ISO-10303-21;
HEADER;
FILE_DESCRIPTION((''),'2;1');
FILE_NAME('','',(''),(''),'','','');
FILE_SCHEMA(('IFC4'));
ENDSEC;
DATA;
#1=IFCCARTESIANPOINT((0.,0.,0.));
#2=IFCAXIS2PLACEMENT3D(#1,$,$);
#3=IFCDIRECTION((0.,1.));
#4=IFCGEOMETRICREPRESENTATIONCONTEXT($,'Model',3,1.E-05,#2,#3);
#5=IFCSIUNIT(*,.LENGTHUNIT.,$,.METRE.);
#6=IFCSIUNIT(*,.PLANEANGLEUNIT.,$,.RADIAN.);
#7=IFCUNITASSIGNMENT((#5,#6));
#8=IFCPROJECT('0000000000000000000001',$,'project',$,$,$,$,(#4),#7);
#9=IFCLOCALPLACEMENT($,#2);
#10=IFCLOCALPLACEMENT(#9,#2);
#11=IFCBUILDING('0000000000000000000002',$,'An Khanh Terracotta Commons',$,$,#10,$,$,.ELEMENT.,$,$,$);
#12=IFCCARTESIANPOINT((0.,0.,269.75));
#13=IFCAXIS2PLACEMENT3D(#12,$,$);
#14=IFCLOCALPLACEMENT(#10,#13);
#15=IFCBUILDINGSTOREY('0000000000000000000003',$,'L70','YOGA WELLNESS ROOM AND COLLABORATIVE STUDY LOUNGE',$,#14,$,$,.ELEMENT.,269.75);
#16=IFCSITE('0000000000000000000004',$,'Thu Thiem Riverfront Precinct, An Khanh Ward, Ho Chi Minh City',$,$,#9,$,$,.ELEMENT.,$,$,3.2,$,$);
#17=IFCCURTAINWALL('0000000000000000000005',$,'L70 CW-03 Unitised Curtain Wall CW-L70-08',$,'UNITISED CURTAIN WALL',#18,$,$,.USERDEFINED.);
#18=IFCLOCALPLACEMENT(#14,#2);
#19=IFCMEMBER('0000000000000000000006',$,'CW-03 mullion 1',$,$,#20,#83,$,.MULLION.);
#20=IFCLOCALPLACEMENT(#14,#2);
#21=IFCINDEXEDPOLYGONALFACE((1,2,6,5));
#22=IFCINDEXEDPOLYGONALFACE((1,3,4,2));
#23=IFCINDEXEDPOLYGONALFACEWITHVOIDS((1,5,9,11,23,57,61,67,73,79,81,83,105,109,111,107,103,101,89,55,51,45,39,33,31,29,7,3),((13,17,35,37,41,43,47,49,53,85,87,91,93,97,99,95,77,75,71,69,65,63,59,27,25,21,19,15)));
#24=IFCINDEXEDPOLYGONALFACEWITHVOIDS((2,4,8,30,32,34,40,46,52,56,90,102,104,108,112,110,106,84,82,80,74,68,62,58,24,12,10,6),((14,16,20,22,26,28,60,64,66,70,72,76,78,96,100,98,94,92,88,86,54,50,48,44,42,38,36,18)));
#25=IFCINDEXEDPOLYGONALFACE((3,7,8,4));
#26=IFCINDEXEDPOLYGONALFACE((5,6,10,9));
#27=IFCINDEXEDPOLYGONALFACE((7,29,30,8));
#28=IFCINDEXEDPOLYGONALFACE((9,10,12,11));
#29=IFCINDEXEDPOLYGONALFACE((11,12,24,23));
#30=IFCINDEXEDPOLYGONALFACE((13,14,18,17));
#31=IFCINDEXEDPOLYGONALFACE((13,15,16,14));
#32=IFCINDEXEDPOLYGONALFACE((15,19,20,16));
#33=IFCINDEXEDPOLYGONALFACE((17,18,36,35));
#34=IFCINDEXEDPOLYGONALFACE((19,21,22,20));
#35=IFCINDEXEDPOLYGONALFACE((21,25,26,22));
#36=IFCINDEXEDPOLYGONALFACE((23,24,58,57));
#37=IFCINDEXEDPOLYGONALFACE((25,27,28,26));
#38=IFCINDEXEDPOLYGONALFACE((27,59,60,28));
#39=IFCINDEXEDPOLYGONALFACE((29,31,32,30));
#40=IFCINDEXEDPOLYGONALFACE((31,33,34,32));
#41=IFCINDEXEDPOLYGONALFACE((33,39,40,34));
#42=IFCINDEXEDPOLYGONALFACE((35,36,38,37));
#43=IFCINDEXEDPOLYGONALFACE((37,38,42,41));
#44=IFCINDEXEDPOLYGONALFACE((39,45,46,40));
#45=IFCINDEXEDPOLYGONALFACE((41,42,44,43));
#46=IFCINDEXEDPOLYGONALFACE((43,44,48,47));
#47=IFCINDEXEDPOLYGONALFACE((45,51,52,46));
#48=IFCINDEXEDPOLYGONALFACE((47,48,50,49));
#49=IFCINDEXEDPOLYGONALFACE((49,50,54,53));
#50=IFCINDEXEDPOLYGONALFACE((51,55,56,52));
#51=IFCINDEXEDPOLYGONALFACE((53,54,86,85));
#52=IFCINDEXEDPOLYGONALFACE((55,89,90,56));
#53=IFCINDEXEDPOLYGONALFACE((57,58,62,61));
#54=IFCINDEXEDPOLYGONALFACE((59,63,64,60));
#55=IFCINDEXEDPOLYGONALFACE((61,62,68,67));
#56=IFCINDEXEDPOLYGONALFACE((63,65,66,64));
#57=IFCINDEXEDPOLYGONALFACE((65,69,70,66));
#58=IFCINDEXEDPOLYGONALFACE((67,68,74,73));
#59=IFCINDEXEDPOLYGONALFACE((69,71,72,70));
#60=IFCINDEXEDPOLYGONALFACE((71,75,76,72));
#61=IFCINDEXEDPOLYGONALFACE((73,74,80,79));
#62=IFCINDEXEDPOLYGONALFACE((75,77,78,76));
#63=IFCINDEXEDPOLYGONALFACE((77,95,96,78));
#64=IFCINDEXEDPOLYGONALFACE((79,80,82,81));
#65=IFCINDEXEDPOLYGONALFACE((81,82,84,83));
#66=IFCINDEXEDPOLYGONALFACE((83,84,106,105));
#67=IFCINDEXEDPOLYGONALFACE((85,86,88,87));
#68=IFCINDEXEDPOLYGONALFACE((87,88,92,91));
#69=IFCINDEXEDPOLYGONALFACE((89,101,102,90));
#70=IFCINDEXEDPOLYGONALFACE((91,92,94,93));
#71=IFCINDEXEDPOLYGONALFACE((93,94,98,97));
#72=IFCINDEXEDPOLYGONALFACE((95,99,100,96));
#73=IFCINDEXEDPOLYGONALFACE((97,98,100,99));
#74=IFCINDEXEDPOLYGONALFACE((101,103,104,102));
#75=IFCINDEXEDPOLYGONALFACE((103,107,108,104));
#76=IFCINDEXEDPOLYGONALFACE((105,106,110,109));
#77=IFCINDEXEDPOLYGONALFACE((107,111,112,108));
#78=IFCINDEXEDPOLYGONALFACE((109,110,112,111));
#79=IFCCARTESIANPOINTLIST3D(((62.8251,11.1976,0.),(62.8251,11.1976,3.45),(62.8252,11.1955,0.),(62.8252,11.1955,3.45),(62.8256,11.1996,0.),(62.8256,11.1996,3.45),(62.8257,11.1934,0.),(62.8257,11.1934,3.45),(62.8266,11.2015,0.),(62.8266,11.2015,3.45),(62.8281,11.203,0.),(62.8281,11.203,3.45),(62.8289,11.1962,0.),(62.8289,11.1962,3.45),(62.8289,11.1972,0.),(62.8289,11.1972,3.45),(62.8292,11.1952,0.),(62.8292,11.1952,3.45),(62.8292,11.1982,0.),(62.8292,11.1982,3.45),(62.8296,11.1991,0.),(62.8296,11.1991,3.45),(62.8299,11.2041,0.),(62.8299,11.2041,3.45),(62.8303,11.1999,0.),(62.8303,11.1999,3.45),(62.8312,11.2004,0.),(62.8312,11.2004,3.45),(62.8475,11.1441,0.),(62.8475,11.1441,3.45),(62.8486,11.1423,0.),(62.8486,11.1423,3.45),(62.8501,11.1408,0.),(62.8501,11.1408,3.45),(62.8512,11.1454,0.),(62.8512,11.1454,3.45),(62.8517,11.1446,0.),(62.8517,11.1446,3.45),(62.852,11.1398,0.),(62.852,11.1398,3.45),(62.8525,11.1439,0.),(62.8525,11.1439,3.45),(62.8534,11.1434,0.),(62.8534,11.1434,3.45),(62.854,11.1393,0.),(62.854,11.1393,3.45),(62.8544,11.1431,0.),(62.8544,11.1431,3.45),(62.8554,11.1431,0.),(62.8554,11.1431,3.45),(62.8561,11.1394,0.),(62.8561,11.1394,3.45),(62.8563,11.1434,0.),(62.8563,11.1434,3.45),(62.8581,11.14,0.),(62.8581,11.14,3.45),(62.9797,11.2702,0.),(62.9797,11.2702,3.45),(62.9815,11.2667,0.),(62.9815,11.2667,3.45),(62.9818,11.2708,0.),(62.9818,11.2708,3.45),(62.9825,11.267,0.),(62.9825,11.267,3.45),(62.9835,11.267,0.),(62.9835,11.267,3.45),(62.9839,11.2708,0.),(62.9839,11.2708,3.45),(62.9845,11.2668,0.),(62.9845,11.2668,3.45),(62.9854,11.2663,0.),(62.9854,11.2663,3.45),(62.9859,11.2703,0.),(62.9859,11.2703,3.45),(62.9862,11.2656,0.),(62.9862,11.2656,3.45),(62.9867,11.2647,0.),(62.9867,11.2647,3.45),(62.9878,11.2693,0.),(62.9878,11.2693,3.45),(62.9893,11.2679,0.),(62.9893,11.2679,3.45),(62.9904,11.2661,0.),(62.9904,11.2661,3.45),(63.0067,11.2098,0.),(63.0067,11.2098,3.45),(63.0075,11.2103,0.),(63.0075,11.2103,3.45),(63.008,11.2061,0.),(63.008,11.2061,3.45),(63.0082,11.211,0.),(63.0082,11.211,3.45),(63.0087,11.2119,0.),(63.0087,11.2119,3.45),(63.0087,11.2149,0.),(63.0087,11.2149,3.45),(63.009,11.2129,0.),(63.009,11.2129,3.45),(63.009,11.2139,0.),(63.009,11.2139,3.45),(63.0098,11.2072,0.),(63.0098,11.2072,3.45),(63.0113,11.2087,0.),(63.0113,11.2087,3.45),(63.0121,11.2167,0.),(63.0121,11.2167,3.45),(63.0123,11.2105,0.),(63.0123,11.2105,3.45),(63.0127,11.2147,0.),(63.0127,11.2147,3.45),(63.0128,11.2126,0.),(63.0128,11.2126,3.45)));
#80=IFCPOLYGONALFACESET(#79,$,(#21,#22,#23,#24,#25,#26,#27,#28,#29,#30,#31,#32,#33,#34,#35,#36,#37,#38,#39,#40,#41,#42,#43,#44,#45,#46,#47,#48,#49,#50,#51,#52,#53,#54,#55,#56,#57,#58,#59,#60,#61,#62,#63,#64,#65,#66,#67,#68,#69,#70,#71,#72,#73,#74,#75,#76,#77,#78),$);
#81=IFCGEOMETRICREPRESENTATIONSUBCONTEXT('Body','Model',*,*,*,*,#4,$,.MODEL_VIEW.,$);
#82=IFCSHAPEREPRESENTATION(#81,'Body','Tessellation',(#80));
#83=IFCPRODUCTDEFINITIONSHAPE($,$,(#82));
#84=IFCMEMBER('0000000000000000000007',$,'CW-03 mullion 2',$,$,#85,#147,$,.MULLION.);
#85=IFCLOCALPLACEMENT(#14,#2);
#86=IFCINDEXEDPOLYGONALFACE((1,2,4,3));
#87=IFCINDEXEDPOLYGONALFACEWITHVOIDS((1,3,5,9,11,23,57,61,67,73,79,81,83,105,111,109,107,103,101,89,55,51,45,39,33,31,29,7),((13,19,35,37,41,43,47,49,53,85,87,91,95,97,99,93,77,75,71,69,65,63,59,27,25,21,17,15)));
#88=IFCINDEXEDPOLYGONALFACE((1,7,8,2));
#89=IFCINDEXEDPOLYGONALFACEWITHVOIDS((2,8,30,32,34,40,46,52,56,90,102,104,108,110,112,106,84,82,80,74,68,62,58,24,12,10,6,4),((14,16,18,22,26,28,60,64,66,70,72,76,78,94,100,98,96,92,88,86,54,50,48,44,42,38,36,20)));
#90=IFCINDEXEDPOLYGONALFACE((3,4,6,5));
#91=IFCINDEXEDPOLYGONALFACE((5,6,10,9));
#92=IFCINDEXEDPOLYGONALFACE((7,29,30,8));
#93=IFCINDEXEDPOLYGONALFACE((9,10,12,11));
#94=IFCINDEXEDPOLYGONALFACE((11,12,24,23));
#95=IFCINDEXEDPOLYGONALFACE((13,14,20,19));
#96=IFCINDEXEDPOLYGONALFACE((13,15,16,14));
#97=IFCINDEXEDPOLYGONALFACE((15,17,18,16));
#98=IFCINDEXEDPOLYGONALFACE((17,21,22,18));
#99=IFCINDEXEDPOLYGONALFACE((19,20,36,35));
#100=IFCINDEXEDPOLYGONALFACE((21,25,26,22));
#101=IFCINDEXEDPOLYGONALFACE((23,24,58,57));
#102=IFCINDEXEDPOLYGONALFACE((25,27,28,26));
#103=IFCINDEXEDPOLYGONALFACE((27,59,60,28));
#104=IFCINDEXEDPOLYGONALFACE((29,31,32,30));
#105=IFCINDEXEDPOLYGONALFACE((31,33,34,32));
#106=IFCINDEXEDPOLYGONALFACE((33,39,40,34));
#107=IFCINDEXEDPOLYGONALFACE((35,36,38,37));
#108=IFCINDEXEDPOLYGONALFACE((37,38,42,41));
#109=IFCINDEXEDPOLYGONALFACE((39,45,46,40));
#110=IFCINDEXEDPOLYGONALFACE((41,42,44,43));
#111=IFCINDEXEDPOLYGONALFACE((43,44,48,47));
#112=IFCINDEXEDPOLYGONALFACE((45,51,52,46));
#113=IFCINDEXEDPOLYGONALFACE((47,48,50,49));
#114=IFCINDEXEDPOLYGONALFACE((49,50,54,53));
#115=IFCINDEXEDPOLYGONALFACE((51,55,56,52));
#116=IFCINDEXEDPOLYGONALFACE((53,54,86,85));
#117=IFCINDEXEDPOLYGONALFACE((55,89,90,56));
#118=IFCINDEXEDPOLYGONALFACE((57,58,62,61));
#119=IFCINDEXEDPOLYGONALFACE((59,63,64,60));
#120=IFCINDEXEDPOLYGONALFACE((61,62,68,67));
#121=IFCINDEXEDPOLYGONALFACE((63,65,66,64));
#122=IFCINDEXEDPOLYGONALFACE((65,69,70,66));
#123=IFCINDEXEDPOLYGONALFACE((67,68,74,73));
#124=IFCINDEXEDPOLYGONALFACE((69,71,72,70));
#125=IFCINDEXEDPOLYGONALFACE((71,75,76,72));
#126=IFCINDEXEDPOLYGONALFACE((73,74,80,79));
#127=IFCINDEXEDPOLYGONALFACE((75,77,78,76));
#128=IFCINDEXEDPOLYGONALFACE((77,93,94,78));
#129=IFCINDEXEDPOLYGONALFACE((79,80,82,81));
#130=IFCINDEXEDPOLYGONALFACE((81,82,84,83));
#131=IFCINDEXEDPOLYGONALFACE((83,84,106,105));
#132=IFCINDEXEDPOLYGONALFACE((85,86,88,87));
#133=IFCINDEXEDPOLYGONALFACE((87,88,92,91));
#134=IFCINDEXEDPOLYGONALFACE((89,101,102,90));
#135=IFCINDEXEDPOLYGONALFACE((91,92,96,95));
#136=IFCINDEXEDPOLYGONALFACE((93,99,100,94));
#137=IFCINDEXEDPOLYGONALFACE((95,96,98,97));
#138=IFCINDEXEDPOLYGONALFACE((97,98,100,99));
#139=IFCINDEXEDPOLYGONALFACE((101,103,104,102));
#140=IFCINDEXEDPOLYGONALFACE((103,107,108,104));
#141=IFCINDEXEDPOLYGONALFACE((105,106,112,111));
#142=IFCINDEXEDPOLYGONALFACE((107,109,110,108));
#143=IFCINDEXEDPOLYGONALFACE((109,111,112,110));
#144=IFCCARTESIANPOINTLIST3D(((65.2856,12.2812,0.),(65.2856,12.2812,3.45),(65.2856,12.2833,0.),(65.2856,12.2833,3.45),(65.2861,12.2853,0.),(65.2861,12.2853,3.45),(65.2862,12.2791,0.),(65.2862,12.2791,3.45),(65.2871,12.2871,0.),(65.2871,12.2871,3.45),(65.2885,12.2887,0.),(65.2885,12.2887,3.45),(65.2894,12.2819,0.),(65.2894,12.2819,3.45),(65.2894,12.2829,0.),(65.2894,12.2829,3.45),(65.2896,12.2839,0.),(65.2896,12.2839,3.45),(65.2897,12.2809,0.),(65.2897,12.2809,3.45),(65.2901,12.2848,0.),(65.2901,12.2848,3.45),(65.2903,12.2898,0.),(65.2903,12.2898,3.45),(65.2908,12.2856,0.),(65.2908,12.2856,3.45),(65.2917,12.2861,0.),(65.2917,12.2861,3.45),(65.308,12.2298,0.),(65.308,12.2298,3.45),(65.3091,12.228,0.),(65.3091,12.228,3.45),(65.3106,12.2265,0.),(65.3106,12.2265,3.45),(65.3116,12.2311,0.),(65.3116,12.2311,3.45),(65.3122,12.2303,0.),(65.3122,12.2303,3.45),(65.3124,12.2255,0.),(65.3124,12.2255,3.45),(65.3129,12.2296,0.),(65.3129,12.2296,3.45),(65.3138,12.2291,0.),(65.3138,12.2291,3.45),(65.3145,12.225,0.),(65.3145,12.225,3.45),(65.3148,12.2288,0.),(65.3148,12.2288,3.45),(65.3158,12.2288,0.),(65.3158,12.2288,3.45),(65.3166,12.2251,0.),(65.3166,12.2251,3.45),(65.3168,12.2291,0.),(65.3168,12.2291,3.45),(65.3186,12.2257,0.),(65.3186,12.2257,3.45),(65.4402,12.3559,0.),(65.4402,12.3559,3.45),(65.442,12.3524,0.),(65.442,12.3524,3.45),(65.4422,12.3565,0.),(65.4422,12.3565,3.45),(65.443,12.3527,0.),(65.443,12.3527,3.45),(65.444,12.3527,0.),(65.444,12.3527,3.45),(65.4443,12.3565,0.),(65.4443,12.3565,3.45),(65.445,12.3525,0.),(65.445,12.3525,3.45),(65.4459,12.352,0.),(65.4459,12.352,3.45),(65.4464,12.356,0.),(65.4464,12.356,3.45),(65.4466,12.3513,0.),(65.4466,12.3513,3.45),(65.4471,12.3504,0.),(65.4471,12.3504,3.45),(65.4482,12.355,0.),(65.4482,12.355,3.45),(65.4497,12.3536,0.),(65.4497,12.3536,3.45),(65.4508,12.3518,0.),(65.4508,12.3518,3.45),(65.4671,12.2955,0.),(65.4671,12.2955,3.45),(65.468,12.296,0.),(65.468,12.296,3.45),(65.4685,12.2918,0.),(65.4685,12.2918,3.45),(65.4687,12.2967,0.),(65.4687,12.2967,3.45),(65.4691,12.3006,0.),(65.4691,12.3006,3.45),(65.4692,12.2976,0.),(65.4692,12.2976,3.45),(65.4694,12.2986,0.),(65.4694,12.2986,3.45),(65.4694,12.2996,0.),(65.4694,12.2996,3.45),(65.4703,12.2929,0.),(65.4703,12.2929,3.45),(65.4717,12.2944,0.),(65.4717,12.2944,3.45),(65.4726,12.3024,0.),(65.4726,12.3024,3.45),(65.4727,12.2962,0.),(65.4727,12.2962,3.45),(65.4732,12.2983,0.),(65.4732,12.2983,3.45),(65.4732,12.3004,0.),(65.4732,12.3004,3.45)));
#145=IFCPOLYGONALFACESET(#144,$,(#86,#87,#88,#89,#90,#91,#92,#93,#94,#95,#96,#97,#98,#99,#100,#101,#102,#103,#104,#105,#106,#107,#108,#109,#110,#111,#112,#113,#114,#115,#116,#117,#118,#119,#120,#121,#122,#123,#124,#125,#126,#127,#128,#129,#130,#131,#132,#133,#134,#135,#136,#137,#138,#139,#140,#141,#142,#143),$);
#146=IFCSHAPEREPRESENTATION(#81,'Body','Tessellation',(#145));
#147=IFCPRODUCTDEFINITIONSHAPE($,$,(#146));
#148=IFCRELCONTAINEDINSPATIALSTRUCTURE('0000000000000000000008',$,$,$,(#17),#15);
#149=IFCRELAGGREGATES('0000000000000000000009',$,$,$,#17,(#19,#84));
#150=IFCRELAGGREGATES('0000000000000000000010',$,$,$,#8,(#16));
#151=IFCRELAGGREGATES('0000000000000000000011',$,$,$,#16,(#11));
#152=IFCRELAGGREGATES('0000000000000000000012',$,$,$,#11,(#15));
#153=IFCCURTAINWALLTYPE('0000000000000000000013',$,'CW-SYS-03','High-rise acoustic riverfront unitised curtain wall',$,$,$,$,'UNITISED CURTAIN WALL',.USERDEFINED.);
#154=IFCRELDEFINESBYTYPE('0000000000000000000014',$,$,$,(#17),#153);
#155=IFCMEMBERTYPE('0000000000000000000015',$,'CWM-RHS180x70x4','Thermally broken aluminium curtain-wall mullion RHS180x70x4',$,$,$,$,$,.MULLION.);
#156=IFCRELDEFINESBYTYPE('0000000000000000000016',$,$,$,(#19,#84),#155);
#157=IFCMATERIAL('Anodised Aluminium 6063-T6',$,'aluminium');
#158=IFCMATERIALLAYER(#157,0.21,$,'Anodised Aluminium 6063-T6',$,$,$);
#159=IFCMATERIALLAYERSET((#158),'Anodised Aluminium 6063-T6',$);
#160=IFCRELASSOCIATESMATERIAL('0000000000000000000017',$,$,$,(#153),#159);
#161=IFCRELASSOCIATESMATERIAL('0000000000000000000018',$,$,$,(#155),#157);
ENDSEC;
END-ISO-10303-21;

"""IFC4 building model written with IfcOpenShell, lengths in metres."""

from ifc_helpers import new_model, si_unit, direction, frame, origin, origin_2d, place, context, subcontext, project, spatial, hollow_rectangle, extrude, material, layer, layer_set, material_profile, profile_set, type_object, element, aggregate, save


model = new_model("IFC4")

# Units and contexts
model_context = context("Model", 3, precision=1e-05, world=origin(), true_north=direction((0.0, 1.0)))
body_context = subcontext(model_context, "Body", "Model", "MODEL_VIEW")
ifc_project = project(units=[si_unit("LENGTHUNIT", "METRE"), si_unit("PLANEANGLEUNIT", "RADIAN")], contexts=[model_context])

# Site, building, storey
site_placement = place(None, origin())
site = spatial("IfcSite", under=ifc_project, at=site_placement, Name="Thu Thiem Riverfront Precinct, An Khanh Ward, Ho Chi Minh City", CompositionType="ELEMENT", RefElevation=3.2)
building_placement = place(site_placement, origin())
building = spatial("IfcBuilding", under=site, at=building_placement, Name="An Khanh Terracotta Commons", CompositionType="ELEMENT")
storey_placement = place(building_placement, frame((0.0, 0.0, 269.75)))
storey = spatial("IfcBuildingStorey", under=building, at=storey_placement, Name="L70", Description="YOGA WELLNESS ROOM AND COLLABORATIVE STUDY LOUNGE", CompositionType="ELEMENT", Elevation=269.75)

# Curtain wall, members
ifc_material_1 = material(Name="Anodised Aluminium 6063-T6", Category="aluminium")
ifc_layer_1 = layer(ifc_material_1, 0.21, Name="Anodised Aluminium 6063-T6")
ifc_layer_set_1 = layer_set([ifc_layer_1], Name="Anodised Aluminium 6063-T6")
curtain_wall_type = type_object("IfcCurtainWallType", Name="CW-SYS-03", Description="High-rise acoustic riverfront unitised curtain wall", ElementType="UNITISED CURTAIN WALL", PredefinedType="USERDEFINED", material=ifc_layer_set_1)
curtain_wall_placement = place(storey_placement, origin())
curtain_wall = element("IfcCurtainWall", 1, at=curtain_wall_placement, inside=storey, type_object=curtain_wall_type, Name="L70 CW-03 Unitised Curtain Wall CW-L70-08", ObjectType="UNITISED CURTAIN WALL", PredefinedType="USERDEFINED")
ifc_material_profile_1 = material_profile(ifc_material_1, hollow_rectangle(XDim=0.0701, YDim=0.1799, WallThickness=0.0039, InnerFilletRadius=0.0039, OuterFilletRadius=0.0081, at=origin_2d()), Name="RHS180x70x4")
ifc_profile_set_1 = profile_set([ifc_material_profile_1], Name="Anodised Aluminium 6063-T6")
member_type_1 = type_object("IfcMemberType", Name="CWM-RHS180x70x4", Description="Thermally broken aluminium curtain-wall mullion RHS180x70x4", PredefinedType="MULLION", material=ifc_profile_set_1)
member_1_placement = place(storey_placement, frame((62.9189, 11.2051, 0.0), z_axis=(0.0, 0.0, 1.0), x_axis=(-0.403676, 0.914902, 0.0)))
member_1 = element("IfcMember", 2, at=member_1_placement, type_object=member_type_1, Name="CW-03 mullion 1", PredefinedType="MULLION", context=body_context, shape_type="SweptSolid", body=[
    extrude(hollow_rectangle(XDim=0.0701, YDim=0.1799, WallThickness=0.0039, InnerFilletRadius=0.0039, OuterFilletRadius=0.0081, at=origin_2d()), origin(), (0.0, 0.0, 1.0), 3.45),
])
member_2_placement = place(storey_placement, frame((65.3794, 12.2908, 0.0), z_axis=(0.0, 0.0, 1.0), x_axis=(-0.403676, 0.914902, 0.0)))
member_2 = element("IfcMember", 3, at=member_2_placement, type_object=member_type_1, Name="CW-03 mullion 2", PredefinedType="MULLION", context=body_context, shape_type="SweptSolid", body=[
    extrude(hollow_rectangle(XDim=0.0701, YDim=0.1799, WallThickness=0.0039, InnerFilletRadius=0.0039, OuterFilletRadius=0.0081, at=origin_2d()), origin(), (0.0, 0.0, 1.0), 3.45),
])
aggregate(curtain_wall, [member_1, member_2])

save(model, "model.ifc")
